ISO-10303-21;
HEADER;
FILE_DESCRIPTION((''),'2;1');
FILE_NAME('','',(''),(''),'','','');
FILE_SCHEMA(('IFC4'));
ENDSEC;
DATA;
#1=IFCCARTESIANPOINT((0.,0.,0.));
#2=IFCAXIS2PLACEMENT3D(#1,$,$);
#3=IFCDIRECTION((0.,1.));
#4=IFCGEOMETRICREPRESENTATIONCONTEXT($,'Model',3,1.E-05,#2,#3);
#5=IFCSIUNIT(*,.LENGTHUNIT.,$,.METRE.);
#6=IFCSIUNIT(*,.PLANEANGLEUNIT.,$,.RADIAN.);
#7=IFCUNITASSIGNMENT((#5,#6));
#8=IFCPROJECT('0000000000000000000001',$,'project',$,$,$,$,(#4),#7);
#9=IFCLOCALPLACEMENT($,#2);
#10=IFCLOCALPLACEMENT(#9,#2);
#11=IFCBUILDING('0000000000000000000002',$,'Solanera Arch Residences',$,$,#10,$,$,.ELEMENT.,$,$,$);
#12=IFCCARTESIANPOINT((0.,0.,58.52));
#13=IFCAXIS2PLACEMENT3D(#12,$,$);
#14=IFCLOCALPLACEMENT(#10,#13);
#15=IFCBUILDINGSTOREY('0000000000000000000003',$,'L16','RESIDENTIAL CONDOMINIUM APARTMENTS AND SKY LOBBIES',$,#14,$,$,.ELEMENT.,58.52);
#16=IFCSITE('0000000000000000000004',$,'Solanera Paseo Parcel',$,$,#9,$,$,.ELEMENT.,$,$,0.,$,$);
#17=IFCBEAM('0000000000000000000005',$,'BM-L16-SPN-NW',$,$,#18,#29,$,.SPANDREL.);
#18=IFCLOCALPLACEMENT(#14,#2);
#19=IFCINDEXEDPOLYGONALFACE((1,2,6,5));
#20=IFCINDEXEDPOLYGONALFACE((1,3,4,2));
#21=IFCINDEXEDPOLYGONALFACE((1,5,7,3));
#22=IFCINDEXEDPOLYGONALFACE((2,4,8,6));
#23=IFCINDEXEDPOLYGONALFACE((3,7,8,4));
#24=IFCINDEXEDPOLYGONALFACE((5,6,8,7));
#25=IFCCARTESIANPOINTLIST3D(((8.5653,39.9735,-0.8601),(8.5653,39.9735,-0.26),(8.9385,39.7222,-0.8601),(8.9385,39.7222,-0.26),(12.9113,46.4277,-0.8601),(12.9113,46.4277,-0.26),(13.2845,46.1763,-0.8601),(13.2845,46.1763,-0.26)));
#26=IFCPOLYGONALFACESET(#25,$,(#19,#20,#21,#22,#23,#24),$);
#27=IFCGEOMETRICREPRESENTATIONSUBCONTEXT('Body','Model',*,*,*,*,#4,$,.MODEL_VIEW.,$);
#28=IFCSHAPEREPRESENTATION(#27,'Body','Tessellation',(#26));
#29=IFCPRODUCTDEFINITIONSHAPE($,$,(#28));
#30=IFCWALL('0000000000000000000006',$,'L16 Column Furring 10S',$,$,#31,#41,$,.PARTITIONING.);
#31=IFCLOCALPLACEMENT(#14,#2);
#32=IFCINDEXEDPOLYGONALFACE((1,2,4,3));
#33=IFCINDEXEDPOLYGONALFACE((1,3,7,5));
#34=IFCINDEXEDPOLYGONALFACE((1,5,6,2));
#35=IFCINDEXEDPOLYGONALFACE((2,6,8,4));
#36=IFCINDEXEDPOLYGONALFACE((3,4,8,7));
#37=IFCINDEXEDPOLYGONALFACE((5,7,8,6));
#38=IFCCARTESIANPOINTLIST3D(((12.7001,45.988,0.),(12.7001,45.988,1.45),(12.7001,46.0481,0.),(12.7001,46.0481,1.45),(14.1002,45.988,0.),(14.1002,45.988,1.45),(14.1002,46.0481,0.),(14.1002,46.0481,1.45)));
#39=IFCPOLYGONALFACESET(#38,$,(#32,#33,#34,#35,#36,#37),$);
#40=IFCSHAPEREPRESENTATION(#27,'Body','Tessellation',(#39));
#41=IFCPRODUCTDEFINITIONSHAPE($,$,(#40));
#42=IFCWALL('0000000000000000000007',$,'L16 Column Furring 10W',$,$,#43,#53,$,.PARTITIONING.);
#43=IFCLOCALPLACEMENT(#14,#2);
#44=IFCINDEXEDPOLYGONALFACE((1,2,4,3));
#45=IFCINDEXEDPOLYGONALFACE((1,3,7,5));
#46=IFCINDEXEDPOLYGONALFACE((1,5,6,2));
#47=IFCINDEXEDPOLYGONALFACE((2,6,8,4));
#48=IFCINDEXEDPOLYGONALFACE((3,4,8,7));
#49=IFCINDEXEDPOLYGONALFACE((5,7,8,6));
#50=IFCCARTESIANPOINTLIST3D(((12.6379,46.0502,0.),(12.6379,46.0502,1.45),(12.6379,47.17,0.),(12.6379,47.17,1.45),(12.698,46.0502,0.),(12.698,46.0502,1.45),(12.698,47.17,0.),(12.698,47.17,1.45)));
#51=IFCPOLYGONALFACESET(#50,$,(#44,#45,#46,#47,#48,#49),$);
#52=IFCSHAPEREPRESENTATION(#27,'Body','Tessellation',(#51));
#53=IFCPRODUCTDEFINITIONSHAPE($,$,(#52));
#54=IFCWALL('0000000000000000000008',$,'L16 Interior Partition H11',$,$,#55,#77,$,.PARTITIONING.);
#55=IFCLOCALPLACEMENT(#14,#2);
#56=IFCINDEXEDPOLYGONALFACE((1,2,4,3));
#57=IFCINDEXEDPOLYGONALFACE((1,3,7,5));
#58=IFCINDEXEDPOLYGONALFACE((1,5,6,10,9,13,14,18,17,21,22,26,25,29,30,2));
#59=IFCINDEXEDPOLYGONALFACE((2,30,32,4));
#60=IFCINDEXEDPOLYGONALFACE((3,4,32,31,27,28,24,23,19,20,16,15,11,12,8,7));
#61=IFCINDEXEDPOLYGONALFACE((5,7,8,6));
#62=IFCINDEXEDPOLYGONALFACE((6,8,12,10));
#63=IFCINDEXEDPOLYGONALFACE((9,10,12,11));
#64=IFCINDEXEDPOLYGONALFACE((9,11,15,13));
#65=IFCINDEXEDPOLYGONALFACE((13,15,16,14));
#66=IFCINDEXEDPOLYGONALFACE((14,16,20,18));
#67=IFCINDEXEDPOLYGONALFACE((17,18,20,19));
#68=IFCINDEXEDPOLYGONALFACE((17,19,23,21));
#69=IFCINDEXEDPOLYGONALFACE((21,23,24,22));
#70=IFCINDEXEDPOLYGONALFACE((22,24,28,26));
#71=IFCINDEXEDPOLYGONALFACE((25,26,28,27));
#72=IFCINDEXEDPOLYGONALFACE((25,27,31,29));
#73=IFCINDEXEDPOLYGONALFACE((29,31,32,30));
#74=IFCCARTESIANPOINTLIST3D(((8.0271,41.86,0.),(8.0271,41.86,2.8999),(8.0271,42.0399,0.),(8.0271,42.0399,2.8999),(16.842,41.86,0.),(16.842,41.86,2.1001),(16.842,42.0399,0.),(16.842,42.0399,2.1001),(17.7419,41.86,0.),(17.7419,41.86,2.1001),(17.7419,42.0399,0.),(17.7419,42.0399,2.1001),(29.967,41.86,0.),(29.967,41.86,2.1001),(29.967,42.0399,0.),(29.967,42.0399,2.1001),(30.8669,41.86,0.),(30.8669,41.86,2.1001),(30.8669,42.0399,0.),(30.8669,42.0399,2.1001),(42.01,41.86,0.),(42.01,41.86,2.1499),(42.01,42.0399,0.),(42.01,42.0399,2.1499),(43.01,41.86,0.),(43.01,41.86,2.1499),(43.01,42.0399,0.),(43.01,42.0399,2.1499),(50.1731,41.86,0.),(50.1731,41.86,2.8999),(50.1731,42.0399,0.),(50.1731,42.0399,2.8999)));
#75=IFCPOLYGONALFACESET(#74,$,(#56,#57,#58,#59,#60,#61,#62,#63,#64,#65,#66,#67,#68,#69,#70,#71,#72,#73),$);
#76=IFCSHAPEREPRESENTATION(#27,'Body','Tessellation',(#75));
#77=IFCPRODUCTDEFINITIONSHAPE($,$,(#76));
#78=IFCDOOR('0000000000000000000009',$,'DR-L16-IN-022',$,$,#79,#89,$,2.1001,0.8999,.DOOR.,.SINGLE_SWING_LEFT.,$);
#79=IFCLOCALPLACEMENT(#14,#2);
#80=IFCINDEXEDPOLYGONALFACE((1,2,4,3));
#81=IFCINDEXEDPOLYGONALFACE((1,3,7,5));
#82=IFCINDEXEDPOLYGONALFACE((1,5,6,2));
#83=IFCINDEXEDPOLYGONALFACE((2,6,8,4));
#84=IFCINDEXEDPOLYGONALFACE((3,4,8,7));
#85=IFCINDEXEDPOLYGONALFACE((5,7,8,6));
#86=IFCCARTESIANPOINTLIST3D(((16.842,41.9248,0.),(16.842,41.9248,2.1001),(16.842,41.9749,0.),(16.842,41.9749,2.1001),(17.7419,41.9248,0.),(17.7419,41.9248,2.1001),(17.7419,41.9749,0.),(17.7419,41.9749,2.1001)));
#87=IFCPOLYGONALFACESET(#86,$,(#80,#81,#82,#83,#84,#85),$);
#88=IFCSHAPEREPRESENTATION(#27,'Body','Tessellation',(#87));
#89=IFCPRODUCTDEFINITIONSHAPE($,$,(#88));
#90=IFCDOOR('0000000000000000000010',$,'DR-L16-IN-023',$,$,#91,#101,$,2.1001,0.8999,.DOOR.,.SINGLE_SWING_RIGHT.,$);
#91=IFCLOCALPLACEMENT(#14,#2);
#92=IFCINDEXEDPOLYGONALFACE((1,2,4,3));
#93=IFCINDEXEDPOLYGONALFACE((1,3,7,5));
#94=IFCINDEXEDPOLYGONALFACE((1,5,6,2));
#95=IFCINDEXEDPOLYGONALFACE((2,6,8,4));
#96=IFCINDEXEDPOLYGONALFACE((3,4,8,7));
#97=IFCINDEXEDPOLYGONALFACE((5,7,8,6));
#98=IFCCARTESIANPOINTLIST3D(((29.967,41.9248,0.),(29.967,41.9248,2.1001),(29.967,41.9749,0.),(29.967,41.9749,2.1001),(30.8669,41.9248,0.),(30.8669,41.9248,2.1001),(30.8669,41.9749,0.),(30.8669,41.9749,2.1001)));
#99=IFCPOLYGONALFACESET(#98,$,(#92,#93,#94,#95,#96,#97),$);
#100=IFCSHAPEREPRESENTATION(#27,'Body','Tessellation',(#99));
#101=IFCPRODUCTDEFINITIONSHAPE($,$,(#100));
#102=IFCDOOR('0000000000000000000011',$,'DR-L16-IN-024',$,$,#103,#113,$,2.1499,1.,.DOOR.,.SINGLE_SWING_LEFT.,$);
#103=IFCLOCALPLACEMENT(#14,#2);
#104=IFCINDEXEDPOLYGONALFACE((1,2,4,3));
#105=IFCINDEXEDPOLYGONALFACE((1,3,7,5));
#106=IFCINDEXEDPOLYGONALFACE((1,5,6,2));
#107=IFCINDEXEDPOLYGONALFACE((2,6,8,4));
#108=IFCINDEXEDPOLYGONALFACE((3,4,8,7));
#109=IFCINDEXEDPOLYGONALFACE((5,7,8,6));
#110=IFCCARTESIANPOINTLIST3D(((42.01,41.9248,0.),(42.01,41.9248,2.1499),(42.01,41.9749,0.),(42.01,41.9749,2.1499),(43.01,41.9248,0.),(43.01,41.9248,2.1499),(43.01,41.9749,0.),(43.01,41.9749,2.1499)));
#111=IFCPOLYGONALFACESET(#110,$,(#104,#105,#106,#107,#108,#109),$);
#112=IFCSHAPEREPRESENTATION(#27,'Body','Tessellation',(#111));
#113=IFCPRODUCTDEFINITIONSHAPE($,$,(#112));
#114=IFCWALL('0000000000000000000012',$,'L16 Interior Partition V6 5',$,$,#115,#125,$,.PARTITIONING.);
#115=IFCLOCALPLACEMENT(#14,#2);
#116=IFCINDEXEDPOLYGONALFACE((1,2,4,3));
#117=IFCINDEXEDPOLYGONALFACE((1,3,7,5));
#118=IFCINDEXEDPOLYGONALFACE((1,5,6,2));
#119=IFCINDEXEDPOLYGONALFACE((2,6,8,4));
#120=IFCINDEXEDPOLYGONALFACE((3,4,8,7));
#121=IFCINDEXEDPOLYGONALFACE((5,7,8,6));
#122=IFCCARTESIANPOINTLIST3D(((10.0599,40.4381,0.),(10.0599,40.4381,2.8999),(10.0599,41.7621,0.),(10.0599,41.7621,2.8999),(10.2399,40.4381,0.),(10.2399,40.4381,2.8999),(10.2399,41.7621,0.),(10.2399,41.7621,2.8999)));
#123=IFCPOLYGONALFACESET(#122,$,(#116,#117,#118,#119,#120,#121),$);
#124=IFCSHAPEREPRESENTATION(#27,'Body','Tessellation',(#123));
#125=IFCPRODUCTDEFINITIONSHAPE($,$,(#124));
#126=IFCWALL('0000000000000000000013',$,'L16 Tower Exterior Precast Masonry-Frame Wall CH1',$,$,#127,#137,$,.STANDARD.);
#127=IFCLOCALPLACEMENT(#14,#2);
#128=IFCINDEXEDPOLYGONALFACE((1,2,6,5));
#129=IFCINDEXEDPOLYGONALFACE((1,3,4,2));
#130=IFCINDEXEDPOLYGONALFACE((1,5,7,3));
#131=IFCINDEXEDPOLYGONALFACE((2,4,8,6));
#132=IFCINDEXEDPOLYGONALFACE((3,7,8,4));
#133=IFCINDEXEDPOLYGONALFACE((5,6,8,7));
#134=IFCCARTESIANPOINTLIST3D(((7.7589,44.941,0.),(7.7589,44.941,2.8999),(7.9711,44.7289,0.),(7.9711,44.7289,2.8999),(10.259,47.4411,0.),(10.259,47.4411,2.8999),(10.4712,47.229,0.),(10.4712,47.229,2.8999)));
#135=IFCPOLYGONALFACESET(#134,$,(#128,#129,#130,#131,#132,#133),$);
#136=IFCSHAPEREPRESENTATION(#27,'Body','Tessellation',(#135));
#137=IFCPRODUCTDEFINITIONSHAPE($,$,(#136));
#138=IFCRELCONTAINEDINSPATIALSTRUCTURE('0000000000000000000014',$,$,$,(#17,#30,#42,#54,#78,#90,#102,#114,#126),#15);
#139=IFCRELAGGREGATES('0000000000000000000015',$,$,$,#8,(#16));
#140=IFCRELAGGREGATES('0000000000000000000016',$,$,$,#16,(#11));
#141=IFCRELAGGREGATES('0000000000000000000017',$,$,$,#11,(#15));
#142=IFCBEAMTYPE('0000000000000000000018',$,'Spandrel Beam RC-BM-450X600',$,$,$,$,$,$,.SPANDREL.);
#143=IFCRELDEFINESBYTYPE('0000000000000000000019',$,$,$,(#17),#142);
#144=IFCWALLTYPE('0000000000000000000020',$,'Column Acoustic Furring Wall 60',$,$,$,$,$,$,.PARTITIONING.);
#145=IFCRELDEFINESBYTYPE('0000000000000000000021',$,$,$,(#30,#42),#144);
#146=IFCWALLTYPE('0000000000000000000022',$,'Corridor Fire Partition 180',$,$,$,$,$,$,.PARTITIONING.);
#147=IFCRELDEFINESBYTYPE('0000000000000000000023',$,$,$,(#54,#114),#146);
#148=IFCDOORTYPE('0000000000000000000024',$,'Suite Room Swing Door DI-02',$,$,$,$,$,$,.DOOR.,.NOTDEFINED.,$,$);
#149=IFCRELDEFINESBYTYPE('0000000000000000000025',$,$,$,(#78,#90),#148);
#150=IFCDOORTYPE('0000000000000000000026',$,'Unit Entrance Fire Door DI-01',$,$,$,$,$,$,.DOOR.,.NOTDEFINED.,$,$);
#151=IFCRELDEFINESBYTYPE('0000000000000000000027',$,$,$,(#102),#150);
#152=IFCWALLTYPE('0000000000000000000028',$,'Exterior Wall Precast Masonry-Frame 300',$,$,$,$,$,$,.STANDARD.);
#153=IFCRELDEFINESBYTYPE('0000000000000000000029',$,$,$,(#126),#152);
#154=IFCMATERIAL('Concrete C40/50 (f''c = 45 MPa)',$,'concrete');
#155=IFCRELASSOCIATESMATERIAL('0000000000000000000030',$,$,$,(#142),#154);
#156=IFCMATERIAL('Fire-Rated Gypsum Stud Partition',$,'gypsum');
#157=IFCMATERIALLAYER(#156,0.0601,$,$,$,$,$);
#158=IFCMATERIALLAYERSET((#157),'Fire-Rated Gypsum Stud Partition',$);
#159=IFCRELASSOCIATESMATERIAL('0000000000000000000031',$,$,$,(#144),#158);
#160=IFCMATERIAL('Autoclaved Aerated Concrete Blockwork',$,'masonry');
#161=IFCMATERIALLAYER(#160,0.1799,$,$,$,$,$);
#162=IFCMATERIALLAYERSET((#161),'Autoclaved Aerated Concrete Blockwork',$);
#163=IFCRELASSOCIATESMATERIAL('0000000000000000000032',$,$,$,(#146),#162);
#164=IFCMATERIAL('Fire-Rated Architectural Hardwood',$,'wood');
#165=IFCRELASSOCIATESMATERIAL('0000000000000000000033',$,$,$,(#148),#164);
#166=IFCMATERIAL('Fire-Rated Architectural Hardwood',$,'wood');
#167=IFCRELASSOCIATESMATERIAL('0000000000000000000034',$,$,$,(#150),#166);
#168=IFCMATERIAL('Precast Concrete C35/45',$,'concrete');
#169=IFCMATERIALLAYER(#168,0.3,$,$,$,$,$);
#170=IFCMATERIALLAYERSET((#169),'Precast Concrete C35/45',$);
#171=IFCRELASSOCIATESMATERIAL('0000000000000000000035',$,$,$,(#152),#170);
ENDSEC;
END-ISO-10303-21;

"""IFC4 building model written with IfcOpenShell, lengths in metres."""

from ifc_helpers import new_model, si_unit, direction, frame, frame_2d, origin, origin_2d, place, context, subcontext, project, spatial, rectangle, extrude, material, layer, layer_set, material_profile, profile_set, type_object, element, fill, save


model = new_model("IFC4")

# Units and contexts
model_context = context("Model", 3, precision=1e-05, world=origin(), true_north=direction((0.0, 1.0)))
body_context = subcontext(model_context, "Body", "Model", "MODEL_VIEW")
ifc_project = project(units=[si_unit("LENGTHUNIT", "METRE"), si_unit("PLANEANGLEUNIT", "RADIAN")], contexts=[model_context])

# Site, building, storey
site_placement = place(None, origin())
site = spatial("IfcSite", under=ifc_project, at=site_placement, Name="Solanera Paseo Parcel", CompositionType="ELEMENT", RefElevation=0.0)
building_placement = place(site_placement, origin())
building = spatial("IfcBuilding", under=site, at=building_placement, Name="Solanera Arch Residences", CompositionType="ELEMENT")
storey_placement = place(building_placement, frame((0.0, 0.0, 58.52)))
storey = spatial("IfcBuildingStorey", under=building, at=storey_placement, Name="L16", Description="RESIDENTIAL CONDOMINIUM APARTMENTS AND SKY LOBBIES", CompositionType="ELEMENT", Elevation=58.52)

# Beam
ifc_material_1 = material(Name="Concrete C40/50 (f'c = 45 MPa)", Category="concrete")
ifc_material_profile = material_profile(ifc_material_1, rectangle(XDim=0.45, YDim=0.6001, at=origin_2d()))
ifc_profile_set = profile_set([ifc_material_profile], Name="Concrete C40/50 (f'c = 45 MPa)")
beam_type = type_object("IfcBeamType", Name="Spandrel Beam RC-BM-450X600", PredefinedType="SPANDREL", material=ifc_profile_set)
beam_placement = place(storey_placement, frame((13.0979, 46.302, -0.5601), z_axis=(-0.558539, -0.829478, 0.0), x_axis=(0.829478, -0.558539, 0.0)))
element("IfcBeam", 1, at=beam_placement, inside=storey, type_object=beam_type, Name="BM-L16-SPN-NW", PredefinedType="SPANDREL", context=body_context, shape_type="SweptSolid", body=[
    extrude(rectangle(XDim=0.45, YDim=0.6001, at=origin_2d()), origin(), (0.0, 0.0, 1.0), 7.781),
])

# Walls
ifc_material_2 = material(Name="Fire-Rated Gypsum Stud Partition", Category="gypsum")
ifc_layer_1 = layer(ifc_material_2, 0.0601)
ifc_layer_set_1 = layer_set([ifc_layer_1], Name="Fire-Rated Gypsum Stud Partition")
wall_type_1 = type_object("IfcWallType", Name="Column Acoustic Furring Wall 60", PredefinedType="PARTITIONING", material=ifc_layer_set_1)
wall_1_placement = place(storey_placement, frame((12.7, 46.0181, 0.0), z_axis=(0.0, 0.0, 1.0), x_axis=(1.0, 0.0, 0.0)))
element("IfcWall", 2, at=wall_1_placement, inside=storey, type_object=wall_type_1, Name="L16 Column Furring 10S", PredefinedType="PARTITIONING", context=body_context, shape_type="SweptSolid", body=[
    extrude(rectangle(XDim=1.4001, YDim=0.0601, at=frame_2d((0.7002, 0.0))), origin(), (0.0, 0.0, 1.0), 1.45),
])
wall_2_placement = place(storey_placement, frame((12.668, 46.05, 0.0), z_axis=(0.0, 0.0, 1.0), x_axis=(0.0, 1.0, 0.0)))
element("IfcWall", 3, at=wall_2_placement, inside=storey, type_object=wall_type_1, Name="L16 Column Furring 10W", PredefinedType="PARTITIONING", context=body_context, shape_type="SweptSolid", body=[
    extrude(rectangle(XDim=1.1199, YDim=0.0601, at=frame_2d((0.5601, 0.0))), origin(), (0.0, 0.0, 1.0), 1.45),
])

# Wall, openings, doors
ifc_material_3 = material(Name="Autoclaved Aerated Concrete Blockwork", Category="masonry")
ifc_layer_2 = layer(ifc_material_3, 0.1799)
ifc_layer_set_2 = layer_set([ifc_layer_2], Name="Autoclaved Aerated Concrete Blockwork")
wall_type_2 = type_object("IfcWallType", Name="Corridor Fire Partition 180", PredefinedType="PARTITIONING", material=ifc_layer_set_2)
wall_3_placement = place(storey_placement, frame((8.0271, 41.95, 0.0), z_axis=(0.0, 0.0, 1.0), x_axis=(1.0, 0.0, 0.0)))
wall_3 = element("IfcWall", 4, at=wall_3_placement, inside=storey, type_object=wall_type_2, Name="L16 Interior Partition H11", PredefinedType="PARTITIONING", context=body_context, shape_type="SweptSolid", body=[
    extrude(rectangle(XDim=42.146, YDim=0.1799, at=frame_2d((21.073, 0.0))), origin(), (0.0, 0.0, 1.0), 2.8999),
])
opening_1_placement = place(wall_3_placement, frame((8.8149, 0.0, 0.0)))
opening_1 = element("IfcOpeningElement", 5, at=opening_1_placement, cuts=wall_3, PredefinedType="OPENING", context=body_context, shape_type="SweptSolid", body=[
    extrude(rectangle(XDim=0.8999, YDim=2.1001, at=frame_2d((0.45, 1.05))), frame((0.0, 0.1001, 0.0), z_axis=(0.0, -1.0, 0.0), x_axis=(1.0, 0.0, 0.0)), (0.0, 0.0, 1.0), 0.1999),
])
opening_2_placement = place(wall_3_placement, frame((21.9399, 0.0, 0.0)))
opening_2 = element("IfcOpeningElement", 6, at=opening_2_placement, cuts=wall_3, PredefinedType="OPENING", context=body_context, shape_type="SweptSolid", body=[
    extrude(rectangle(XDim=0.8999, YDim=2.1001, at=frame_2d((0.45, 1.05))), frame((0.0, 0.1001, 0.0), z_axis=(0.0, -1.0, 0.0), x_axis=(1.0, 0.0, 0.0)), (0.0, 0.0, 1.0), 0.1999),
])
opening_3_placement = place(wall_3_placement, frame((33.9829, 0.0, 0.0)))
opening_3 = element("IfcOpeningElement", 7, at=opening_3_placement, cuts=wall_3, PredefinedType="OPENING", context=body_context, shape_type="SweptSolid", body=[
    extrude(rectangle(XDim=1.0, YDim=2.1499, at=frame_2d((0.5, 1.075))), frame((0.0, 0.1001, 0.0), z_axis=(0.0, -1.0, 0.0), x_axis=(1.0, 0.0, 0.0)), (0.0, 0.0, 1.0), 0.1999),
])
ifc_material_4 = material(Name="Fire-Rated Architectural Hardwood", Category="wood")
door_type_1 = type_object("IfcDoorType", Name="Suite Room Swing Door DI-02", OperationType="NOTDEFINED", PredefinedType="DOOR", material=ifc_material_4)
door_1_placement = place(opening_1_placement, origin())
door_1 = element("IfcDoor", 8, at=door_1_placement, inside=storey, type_object=door_type_1, Name="DR-L16-IN-022", OperationType="SINGLE_SWING_LEFT", OverallHeight=2.1001, OverallWidth=0.8999, PredefinedType="DOOR", context=body_context, shape_type="SweptSolid", body=[
    extrude(rectangle(XDim=0.8999, YDim=2.1001, at=frame_2d((0.45, 1.05))), frame((0.0, 0.0249, 0.0), z_axis=(0.0, -1.0, 0.0), x_axis=(1.0, 0.0, 0.0)), (0.0, 0.0, 1.0), 0.05),
])
fill(opening_1, door_1)
door_2_placement = place(opening_2_placement, origin())
door_2 = element("IfcDoor", 9, at=door_2_placement, inside=storey, type_object=door_type_1, Name="DR-L16-IN-023", OperationType="SINGLE_SWING_RIGHT", OverallHeight=2.1001, OverallWidth=0.8999, PredefinedType="DOOR", context=body_context, shape_type="SweptSolid", body=[
    extrude(rectangle(XDim=0.8999, YDim=2.1001, at=frame_2d((0.45, 1.05))), frame((0.0, 0.0249, 0.0), z_axis=(0.0, -1.0, 0.0), x_axis=(1.0, 0.0, 0.0)), (0.0, 0.0, 1.0), 0.05),
])
fill(opening_2, door_2)
ifc_material_5 = material(Name="Fire-Rated Architectural Hardwood", Category="wood")
door_type_2 = type_object("IfcDoorType", Name="Unit Entrance Fire Door DI-01", OperationType="NOTDEFINED", PredefinedType="DOOR", material=ifc_material_5)
door_3_placement = place(opening_3_placement, origin())
door_3 = element("IfcDoor", 10, at=door_3_placement, inside=storey, type_object=door_type_2, Name="DR-L16-IN-024", OperationType="SINGLE_SWING_LEFT", OverallHeight=2.1499, OverallWidth=1.0, PredefinedType="DOOR", context=body_context, shape_type="SweptSolid", body=[
    extrude(rectangle(XDim=1.0, YDim=2.1499, at=frame_2d((0.5, 1.075))), frame((0.0, 0.0249, 0.0), z_axis=(0.0, -1.0, 0.0), x_axis=(1.0, 0.0, 0.0)), (0.0, 0.0, 1.0), 0.05),
])
fill(opening_3, door_3)

# Walls
wall_4_placement = place(storey_placement, frame((10.1499, 40.438, 0.0), z_axis=(0.0, 0.0, 1.0), x_axis=(0.0, 1.0, 0.0)))
element("IfcWall", 11, at=wall_4_placement, inside=storey, type_object=wall_type_2, Name="L16 Interior Partition V6 5", PredefinedType="PARTITIONING", context=body_context, shape_type="SweptSolid", body=[
    extrude(rectangle(XDim=1.324, YDim=0.1799, at=frame_2d((0.6621, 0.0))), origin(), (0.0, 0.0, 1.0), 2.8999),
])
ifc_material_6 = material(Name="Precast Concrete C35/45", Category="concrete")
ifc_layer_3 = layer(ifc_material_6, 0.3)
ifc_layer_set_3 = layer_set([ifc_layer_3], Name="Precast Concrete C35/45")
wall_type_3 = type_object("IfcWallType", Name="Exterior Wall Precast Masonry-Frame 300", PredefinedType="STANDARD", material=ifc_layer_set_3)
wall_5_placement = place(storey_placement, frame((7.865, 44.835, 0.0), z_axis=(0.0, 0.0, 1.0), x_axis=(0.707107, 0.707107, 0.0)))
element("IfcWall", 12, at=wall_5_placement, inside=storey, type_object=wall_type_3, Name="L16 Tower Exterior Precast Masonry-Frame Wall CH1", PredefinedType="STANDARD", context=body_context, shape_type="SweptSolid", body=[
    extrude(rectangle(XDim=3.5356, YDim=0.3, at=frame_2d((1.7678, 0.0))), origin(), (0.0, 0.0, 1.0), 2.8999),
])

save(model, "model.ifc")
